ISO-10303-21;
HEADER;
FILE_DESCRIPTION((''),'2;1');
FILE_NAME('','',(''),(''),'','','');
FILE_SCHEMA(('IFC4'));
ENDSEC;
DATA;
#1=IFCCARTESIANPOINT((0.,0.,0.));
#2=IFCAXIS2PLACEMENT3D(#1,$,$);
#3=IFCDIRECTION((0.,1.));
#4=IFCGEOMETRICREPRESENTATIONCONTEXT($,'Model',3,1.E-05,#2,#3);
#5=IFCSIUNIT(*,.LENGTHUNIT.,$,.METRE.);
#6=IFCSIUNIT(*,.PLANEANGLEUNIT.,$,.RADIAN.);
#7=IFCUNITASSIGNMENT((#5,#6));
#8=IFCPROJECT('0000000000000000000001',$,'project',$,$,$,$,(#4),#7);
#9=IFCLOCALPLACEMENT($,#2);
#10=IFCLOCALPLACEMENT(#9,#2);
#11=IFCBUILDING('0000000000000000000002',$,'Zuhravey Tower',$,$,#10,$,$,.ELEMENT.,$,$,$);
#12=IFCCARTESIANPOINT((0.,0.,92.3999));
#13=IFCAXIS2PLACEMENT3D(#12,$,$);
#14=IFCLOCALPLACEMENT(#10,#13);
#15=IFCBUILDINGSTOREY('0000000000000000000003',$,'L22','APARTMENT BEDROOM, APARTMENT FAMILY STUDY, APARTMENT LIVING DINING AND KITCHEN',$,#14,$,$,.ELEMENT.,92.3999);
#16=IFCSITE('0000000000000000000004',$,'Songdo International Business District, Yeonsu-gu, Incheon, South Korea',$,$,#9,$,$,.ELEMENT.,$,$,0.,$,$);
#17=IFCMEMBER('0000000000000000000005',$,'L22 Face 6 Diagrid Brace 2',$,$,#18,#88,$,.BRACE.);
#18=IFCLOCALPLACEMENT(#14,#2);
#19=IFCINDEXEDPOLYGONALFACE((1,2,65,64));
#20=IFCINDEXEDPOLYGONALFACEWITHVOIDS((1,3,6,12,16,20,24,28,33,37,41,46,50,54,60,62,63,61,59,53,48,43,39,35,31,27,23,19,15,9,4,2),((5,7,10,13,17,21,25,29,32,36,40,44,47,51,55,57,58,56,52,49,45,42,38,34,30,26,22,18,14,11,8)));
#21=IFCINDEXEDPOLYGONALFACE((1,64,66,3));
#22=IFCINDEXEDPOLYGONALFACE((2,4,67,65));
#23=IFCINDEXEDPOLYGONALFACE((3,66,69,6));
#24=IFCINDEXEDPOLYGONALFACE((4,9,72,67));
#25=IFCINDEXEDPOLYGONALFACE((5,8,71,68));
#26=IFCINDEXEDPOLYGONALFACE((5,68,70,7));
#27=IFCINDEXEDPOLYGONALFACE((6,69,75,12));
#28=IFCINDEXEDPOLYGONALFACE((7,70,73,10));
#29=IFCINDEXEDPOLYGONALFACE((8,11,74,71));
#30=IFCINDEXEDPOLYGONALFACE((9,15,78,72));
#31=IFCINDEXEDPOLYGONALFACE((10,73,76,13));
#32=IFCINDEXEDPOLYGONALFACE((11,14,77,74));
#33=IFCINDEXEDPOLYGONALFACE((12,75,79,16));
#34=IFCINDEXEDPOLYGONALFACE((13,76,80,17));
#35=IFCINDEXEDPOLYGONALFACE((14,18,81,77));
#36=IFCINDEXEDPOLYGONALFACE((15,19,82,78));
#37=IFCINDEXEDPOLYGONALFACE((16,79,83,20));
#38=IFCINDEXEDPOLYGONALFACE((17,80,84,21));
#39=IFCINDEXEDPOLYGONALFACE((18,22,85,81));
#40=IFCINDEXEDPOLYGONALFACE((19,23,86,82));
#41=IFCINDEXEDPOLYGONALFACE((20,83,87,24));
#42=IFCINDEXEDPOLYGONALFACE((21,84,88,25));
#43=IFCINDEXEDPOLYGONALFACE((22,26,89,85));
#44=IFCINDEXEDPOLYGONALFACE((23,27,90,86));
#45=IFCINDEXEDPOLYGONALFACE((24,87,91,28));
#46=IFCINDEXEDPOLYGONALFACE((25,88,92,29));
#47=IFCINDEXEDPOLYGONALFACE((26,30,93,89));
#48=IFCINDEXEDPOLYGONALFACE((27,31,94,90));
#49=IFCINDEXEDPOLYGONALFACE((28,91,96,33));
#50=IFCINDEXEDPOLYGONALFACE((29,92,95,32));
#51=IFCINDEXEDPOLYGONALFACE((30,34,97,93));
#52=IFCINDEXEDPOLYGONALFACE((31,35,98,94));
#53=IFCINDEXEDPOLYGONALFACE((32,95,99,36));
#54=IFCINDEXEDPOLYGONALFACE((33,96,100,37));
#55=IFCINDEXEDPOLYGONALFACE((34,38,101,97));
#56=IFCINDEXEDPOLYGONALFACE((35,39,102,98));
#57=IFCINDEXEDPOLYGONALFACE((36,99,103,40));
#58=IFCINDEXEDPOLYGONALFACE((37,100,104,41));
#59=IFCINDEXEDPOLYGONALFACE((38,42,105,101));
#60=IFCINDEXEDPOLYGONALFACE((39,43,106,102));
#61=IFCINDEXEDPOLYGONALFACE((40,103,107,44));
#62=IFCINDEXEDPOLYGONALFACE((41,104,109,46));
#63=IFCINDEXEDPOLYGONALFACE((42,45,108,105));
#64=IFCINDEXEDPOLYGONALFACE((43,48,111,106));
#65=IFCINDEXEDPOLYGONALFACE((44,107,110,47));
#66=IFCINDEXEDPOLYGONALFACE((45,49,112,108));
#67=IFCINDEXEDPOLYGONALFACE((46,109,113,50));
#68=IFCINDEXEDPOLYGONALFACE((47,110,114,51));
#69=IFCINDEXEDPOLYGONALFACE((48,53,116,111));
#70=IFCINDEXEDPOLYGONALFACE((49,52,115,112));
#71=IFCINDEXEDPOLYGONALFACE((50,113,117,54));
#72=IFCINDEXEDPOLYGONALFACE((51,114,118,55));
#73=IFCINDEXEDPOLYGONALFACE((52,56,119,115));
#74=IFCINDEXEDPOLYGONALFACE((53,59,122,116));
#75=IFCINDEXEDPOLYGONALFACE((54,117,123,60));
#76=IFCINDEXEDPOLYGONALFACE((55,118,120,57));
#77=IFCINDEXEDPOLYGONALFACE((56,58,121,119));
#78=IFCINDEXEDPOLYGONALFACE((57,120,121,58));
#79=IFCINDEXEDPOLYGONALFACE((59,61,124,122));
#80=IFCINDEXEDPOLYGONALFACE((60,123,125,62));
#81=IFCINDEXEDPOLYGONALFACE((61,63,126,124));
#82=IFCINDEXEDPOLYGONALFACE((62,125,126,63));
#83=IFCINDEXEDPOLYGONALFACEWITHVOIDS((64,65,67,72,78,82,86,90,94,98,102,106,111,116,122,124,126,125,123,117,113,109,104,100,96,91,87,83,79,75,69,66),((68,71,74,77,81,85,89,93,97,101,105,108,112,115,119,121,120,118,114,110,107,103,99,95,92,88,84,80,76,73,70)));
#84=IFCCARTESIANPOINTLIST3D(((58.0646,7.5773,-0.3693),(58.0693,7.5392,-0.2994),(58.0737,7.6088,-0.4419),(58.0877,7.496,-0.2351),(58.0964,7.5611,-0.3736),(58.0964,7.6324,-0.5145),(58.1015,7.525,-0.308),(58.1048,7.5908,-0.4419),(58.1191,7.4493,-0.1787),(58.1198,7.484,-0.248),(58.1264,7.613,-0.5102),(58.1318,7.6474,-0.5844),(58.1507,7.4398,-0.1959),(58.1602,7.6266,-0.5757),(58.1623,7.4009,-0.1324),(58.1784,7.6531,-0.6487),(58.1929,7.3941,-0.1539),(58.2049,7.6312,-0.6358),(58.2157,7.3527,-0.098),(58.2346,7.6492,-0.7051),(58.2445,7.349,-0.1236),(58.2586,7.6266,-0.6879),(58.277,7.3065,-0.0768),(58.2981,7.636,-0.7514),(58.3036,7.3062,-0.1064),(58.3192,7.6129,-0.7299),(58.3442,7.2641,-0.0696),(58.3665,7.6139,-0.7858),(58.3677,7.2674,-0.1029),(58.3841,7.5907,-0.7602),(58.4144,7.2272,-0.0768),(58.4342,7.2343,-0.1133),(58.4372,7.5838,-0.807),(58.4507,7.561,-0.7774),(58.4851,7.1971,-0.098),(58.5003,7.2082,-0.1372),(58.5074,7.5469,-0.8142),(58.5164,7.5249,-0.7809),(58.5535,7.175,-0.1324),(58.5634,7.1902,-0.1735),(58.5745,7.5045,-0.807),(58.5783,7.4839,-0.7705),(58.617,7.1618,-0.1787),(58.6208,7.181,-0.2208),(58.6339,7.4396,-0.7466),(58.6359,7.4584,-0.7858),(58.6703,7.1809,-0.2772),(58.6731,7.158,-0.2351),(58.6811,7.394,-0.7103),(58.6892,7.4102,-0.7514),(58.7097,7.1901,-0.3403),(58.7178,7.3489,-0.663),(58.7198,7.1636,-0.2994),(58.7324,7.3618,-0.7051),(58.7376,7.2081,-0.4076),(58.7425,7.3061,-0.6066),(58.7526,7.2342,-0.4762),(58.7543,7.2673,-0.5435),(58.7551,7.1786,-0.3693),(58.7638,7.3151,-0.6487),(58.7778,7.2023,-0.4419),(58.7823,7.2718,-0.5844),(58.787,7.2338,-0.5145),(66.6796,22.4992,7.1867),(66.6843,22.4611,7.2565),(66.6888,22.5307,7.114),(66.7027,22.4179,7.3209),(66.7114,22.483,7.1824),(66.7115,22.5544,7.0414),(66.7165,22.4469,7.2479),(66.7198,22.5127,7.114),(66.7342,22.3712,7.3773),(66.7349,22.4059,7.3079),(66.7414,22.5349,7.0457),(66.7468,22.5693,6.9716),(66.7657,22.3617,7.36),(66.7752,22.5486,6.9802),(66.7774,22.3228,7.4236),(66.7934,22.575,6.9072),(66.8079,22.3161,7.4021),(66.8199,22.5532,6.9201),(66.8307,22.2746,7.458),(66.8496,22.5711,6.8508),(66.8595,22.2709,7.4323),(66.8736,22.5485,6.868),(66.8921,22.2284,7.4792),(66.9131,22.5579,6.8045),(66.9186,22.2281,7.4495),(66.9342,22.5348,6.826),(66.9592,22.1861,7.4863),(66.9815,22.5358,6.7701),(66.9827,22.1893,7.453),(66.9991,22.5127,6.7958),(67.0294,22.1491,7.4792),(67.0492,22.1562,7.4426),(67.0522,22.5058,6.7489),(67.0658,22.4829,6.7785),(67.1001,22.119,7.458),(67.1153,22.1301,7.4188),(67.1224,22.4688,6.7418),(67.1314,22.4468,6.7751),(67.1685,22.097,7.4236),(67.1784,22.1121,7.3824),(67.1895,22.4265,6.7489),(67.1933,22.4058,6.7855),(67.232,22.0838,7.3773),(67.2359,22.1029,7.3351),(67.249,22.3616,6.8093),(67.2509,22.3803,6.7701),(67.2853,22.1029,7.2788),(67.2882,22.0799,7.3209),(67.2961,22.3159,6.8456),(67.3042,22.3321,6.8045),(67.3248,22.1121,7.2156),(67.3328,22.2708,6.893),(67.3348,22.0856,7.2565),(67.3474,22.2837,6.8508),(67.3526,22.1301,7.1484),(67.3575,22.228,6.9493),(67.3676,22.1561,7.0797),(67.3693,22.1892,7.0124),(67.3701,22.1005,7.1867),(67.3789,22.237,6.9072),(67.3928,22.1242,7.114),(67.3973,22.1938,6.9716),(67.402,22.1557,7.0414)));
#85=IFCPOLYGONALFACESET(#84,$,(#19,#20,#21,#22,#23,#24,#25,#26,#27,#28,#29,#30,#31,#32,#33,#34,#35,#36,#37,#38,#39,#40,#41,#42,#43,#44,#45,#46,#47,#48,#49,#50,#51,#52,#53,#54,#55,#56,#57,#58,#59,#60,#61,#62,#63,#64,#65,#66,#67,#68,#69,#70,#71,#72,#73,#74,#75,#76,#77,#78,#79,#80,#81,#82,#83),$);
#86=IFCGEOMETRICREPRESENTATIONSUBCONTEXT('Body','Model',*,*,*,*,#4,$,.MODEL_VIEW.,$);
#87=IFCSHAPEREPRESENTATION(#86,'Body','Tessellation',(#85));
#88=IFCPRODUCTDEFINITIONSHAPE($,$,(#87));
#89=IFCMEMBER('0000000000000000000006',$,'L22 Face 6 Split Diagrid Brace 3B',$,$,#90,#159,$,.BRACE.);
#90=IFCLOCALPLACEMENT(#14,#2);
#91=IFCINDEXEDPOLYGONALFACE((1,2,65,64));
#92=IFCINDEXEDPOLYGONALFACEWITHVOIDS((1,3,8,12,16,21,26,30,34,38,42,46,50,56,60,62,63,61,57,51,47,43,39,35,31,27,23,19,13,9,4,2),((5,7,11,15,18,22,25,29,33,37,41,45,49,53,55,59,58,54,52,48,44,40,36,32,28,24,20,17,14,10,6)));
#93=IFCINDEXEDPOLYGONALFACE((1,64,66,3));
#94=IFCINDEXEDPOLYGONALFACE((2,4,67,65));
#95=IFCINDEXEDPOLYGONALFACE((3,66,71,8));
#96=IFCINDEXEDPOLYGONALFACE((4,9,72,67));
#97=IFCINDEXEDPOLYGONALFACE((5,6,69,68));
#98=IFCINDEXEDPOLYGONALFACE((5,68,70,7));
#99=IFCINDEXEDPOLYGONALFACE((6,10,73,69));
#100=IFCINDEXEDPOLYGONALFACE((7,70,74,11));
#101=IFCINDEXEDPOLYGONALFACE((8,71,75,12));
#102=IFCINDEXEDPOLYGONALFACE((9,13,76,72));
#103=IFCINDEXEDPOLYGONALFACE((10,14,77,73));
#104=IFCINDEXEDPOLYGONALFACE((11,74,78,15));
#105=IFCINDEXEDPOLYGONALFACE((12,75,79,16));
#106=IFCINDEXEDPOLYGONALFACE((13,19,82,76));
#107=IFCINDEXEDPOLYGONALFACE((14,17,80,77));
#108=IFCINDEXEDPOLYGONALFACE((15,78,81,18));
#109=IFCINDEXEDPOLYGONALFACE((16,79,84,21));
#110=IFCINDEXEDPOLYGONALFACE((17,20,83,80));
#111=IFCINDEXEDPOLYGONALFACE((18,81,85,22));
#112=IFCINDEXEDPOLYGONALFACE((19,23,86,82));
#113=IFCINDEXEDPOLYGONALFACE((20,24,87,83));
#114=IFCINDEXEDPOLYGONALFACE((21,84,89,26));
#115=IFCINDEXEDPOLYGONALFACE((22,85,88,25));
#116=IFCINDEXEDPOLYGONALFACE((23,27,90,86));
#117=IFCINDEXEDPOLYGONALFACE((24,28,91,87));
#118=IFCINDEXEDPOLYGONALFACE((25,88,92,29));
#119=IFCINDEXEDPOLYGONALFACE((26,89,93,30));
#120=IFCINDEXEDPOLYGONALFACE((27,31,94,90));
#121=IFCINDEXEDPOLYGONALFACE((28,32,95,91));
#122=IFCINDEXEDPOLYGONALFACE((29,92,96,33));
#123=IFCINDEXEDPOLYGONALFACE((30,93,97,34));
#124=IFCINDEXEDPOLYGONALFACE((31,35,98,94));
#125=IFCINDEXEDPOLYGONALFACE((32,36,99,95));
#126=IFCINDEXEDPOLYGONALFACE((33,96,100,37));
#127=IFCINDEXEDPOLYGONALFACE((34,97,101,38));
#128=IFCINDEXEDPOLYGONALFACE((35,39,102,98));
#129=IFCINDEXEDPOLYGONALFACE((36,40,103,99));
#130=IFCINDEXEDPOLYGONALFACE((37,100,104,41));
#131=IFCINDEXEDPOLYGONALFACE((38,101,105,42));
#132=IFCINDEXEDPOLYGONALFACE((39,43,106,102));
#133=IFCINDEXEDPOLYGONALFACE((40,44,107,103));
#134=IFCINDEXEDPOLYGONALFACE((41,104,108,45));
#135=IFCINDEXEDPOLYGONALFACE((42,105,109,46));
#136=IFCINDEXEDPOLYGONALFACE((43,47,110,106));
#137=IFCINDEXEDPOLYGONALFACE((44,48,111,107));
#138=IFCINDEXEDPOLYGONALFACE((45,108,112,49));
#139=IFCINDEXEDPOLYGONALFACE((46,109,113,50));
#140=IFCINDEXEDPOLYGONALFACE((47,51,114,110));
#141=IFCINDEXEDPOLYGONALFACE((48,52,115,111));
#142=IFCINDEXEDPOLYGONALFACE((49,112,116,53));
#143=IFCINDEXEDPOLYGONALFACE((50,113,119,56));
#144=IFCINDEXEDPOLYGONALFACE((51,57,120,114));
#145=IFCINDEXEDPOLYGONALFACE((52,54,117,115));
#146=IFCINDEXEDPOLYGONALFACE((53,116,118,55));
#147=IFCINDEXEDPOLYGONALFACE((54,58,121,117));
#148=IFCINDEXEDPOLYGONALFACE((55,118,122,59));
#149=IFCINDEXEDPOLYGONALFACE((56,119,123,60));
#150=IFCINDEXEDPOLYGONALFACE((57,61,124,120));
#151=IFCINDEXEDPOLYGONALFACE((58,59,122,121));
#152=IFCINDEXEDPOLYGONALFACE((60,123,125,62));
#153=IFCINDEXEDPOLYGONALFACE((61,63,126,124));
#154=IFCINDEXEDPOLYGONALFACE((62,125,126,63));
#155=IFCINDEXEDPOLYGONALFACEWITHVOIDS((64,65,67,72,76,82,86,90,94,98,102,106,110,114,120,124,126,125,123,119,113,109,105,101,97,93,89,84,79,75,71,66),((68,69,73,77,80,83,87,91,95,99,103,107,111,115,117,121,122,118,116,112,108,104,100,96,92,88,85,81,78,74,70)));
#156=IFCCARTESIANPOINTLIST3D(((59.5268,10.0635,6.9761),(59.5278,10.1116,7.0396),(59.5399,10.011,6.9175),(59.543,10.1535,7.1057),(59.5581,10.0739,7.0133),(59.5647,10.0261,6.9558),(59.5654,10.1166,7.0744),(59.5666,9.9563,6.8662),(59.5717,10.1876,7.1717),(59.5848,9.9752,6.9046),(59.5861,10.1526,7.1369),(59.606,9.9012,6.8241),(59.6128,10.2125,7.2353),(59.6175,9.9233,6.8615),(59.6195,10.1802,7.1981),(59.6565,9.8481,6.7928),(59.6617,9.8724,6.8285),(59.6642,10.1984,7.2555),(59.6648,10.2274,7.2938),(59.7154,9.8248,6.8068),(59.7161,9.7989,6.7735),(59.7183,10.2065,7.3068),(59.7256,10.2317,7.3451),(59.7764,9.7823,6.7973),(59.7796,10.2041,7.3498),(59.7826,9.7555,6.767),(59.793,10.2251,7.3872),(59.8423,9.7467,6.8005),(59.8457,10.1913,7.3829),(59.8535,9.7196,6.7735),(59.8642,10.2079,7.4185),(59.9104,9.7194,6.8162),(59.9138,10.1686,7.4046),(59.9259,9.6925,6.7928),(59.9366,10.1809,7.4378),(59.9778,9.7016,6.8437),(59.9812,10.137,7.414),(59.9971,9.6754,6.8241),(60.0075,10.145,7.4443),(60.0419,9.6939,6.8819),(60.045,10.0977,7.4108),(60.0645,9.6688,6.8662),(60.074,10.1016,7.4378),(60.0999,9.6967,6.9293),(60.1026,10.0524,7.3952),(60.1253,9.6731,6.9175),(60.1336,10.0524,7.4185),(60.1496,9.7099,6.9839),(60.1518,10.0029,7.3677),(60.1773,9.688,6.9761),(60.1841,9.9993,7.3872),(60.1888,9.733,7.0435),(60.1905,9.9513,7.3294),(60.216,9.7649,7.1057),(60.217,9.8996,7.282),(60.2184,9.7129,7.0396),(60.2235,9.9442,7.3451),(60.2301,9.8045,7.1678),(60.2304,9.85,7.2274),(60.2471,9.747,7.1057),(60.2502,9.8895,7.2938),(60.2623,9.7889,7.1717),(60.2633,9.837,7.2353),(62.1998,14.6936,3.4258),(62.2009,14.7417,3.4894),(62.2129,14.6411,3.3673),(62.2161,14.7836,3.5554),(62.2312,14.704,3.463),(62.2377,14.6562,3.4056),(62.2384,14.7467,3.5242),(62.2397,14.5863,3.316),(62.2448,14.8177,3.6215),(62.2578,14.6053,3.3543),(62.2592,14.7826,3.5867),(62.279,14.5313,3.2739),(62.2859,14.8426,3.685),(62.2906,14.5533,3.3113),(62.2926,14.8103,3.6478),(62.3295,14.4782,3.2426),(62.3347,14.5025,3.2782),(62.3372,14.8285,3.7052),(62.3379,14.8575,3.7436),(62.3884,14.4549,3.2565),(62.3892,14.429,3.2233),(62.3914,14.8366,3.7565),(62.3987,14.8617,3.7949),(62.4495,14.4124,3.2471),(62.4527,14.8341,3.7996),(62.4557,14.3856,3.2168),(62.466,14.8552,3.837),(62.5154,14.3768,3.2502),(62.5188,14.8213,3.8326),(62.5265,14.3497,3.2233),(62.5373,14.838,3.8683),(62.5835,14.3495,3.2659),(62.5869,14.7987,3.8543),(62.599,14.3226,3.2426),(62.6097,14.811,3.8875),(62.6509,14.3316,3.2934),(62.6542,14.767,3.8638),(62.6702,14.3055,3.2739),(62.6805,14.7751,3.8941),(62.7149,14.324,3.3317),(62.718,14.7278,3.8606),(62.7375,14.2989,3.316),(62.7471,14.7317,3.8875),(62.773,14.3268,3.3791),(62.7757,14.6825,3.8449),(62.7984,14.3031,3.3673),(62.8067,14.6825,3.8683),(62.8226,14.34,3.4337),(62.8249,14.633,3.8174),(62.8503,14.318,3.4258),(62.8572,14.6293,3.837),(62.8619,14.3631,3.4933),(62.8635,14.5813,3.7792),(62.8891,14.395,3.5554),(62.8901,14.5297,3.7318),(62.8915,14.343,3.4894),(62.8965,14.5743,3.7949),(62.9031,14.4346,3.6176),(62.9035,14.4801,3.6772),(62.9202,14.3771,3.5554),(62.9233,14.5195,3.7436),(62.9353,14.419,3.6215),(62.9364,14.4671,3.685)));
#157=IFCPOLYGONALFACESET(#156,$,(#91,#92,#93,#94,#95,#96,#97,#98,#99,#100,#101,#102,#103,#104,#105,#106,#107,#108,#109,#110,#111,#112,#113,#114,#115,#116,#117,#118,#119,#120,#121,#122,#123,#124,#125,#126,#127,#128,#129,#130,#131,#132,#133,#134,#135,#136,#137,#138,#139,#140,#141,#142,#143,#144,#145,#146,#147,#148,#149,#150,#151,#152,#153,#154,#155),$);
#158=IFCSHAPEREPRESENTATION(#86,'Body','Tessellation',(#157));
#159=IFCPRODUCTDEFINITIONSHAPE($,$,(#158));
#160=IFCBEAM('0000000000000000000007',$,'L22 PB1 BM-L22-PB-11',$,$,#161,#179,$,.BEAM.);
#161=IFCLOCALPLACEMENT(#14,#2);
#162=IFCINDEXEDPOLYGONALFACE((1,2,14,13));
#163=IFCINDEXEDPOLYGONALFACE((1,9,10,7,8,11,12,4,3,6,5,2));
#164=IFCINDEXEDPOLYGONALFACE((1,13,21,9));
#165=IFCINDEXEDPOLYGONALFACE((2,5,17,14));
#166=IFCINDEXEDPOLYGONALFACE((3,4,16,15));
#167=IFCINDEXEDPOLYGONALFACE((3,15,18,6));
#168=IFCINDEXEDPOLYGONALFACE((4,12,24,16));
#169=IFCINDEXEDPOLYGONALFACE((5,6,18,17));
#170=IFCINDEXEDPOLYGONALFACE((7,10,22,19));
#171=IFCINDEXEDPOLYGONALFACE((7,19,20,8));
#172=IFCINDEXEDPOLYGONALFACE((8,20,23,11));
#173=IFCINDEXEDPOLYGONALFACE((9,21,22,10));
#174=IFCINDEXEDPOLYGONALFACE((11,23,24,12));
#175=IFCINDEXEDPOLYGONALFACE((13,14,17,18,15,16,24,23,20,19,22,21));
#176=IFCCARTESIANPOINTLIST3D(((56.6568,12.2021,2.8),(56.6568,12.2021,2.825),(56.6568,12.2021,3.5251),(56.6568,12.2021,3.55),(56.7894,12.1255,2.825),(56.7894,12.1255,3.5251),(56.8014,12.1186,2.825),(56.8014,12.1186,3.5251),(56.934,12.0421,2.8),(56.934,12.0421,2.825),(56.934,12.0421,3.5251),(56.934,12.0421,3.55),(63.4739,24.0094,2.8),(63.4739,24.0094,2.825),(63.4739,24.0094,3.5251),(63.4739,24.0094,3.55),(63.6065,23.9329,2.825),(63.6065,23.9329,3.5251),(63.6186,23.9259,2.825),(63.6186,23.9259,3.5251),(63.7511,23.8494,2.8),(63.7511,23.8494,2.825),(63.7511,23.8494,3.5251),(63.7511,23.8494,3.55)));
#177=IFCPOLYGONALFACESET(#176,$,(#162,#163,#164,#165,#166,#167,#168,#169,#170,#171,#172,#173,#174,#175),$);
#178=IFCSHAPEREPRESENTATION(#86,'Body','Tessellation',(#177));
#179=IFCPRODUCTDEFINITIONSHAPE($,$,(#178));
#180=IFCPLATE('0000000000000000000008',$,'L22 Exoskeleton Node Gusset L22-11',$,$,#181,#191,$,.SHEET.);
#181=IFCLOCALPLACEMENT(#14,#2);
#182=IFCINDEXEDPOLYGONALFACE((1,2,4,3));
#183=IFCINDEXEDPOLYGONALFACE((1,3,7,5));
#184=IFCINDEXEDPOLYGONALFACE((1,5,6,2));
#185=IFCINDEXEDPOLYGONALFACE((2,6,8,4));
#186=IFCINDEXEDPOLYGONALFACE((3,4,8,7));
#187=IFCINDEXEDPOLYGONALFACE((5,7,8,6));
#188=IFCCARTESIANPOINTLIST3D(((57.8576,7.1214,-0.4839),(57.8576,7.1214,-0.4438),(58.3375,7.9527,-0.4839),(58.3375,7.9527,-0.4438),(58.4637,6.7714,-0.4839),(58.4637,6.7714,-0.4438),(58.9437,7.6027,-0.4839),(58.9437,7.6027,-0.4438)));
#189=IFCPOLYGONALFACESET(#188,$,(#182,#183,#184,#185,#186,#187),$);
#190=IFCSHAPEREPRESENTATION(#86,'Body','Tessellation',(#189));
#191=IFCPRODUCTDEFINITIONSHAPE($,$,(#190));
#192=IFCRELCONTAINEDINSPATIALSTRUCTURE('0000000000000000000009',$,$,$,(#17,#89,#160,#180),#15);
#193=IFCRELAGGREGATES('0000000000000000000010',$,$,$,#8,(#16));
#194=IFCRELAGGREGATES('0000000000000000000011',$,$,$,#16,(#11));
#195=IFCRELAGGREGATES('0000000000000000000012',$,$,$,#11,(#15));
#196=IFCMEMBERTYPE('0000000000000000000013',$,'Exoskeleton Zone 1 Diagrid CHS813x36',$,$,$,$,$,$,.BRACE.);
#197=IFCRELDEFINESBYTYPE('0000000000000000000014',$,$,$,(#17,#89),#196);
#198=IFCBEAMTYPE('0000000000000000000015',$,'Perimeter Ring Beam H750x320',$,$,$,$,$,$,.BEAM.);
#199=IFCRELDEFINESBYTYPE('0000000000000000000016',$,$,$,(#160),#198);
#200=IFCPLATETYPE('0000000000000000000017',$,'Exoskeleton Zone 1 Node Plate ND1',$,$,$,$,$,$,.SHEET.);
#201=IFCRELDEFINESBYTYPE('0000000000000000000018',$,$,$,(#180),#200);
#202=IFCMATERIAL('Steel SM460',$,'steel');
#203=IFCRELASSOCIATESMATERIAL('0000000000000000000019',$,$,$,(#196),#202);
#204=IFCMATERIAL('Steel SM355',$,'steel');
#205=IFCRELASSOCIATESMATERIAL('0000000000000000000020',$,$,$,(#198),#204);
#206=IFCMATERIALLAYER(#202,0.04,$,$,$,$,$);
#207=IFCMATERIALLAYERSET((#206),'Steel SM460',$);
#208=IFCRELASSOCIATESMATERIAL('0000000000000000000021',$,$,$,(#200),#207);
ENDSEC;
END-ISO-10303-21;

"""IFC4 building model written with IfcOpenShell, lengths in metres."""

from ifc_helpers import new_model, si_unit, direction, frame, origin, origin_2d, place, context, subcontext, project, spatial, rectangle, hollow_circle, i_section, extrude, material, layer, layer_set, material_profile, profile_set, type_object, element, save


model = new_model("IFC4")

# Units and contexts
model_context = context("Model", 3, precision=1e-05, world=origin(), true_north=direction((0.0, 1.0)))
body_context = subcontext(model_context, "Body", "Model", "MODEL_VIEW")
ifc_project = project(units=[si_unit("LENGTHUNIT", "METRE"), si_unit("PLANEANGLEUNIT", "RADIAN")], contexts=[model_context])

# Site, building, storey
site_placement = place(None, origin())
site = spatial("IfcSite", under=ifc_project, at=site_placement, Name="Songdo International Business District, Yeonsu-gu, Incheon, South Korea", CompositionType="ELEMENT", RefElevation=0.0)
building_placement = place(site_placement, origin())
building = spatial("IfcBuilding", under=site, at=building_placement, Name="Zuhravey Tower", CompositionType="ELEMENT")
storey_placement = place(building_placement, frame((0.0, 0.0, 92.3999)))
storey = spatial("IfcBuildingStorey", under=building, at=storey_placement, Name="L22", Description="APARTMENT BEDROOM, APARTMENT FAMILY STUDY, APARTMENT LIVING DINING AND KITCHEN", CompositionType="ELEMENT", Elevation=92.3999)

# Members
ifc_material_1 = material(Name="Steel SM355", Category="steel")
ifc_material_2 = material(Name="Steel SM460", Category="steel")
ifc_material_profile_1 = material_profile(ifc_material_2, hollow_circle(Radius=0.4065, WallThickness=0.0359, at=origin_2d()), Name="CHS-812.8x36")
ifc_profile_set_1 = profile_set([ifc_material_profile_1], Name="Steel SM460")
member_type_1 = type_object("IfcMemberType", Name="Exoskeleton Zone 1 Diagrid CHS813x36", PredefinedType="BRACE", material=ifc_profile_set_1)
member_1_placement = place(storey_placement, frame((58.4258, 7.4055, -0.4419), z_axis=(0.4579, 0.79312, 0.401608), x_axis=(-0.866029, 0.499993, 0.0)))
element("IfcMember", 1, at=member_1_placement, inside=storey, type_object=member_type_1, Name="L22 Face 6 Diagrid Brace 2", PredefinedType="BRACE", context=body_context, shape_type="SweptSolid", body=[
    extrude(hollow_circle(Radius=0.4065, WallThickness=0.0359, at=origin_2d()), origin(), (0.0, 0.0, 1.0), 18.8142),
])
member_2_placement = place(storey_placement, frame((62.5681, 14.5803, 3.5554), z_axis=(-0.416513, -0.721451, 0.553195), x_axis=(0.866034, -0.499985, 0.0)))
element("IfcMember", 2, at=member_2_placement, inside=storey, type_object=member_type_1, Name="L22 Face 6 Split Diagrid Brace 3B", PredefinedType="BRACE", context=body_context, shape_type="SweptSolid", body=[
    extrude(hollow_circle(Radius=0.4065, WallThickness=0.0359, at=origin_2d()), origin(), (0.0, 0.0, 1.0), 6.4177),
])

# Beam
ifc_material_profile_2 = material_profile(ifc_material_1, i_section(OverallWidth=0.3201, OverallDepth=0.75, WebThickness=0.0139, FlangeThickness=0.0249, at=origin_2d()), Name="H-750x320x14x25")
ifc_profile_set_2 = profile_set([ifc_material_profile_2], Name="Steel SM355")
beam_type = type_object("IfcBeamType", Name="Perimeter Ring Beam H750x320", PredefinedType="BEAM", material=ifc_profile_set_2)
beam_placement = place(storey_placement, frame((56.7954, 12.1221, 3.175), z_axis=(0.500008, 0.866021, 0.0), x_axis=(-0.866021, 0.500008, 0.0)))
element("IfcBeam", 3, at=beam_placement, inside=storey, type_object=beam_type, Name="L22 PB1 BM-L22-PB-11", PredefinedType="BEAM", context=body_context, shape_type="SweptSolid", body=[
    extrude(i_section(OverallWidth=0.3201, OverallDepth=0.75, WebThickness=0.0139, FlangeThickness=0.0249, at=origin_2d()), origin(), (0.0, 0.0, 1.0), 13.634),
])

# Plate
ifc_layer_1 = layer(ifc_material_2, 0.04)
ifc_layer_set_1 = layer_set([ifc_layer_1], Name="Steel SM460")
plate_type_1 = type_object("IfcPlateType", Name="Exoskeleton Zone 1 Node Plate ND1", PredefinedType="SHEET", material=ifc_layer_set_1)
for number, where, z_axis, x_axis, name in (
    (4, (58.4006, 7.3621, -0.4839), (0.0, 0.0, 1.0), (0.5, 0.866025, 0.0), "L22 Exoskeleton Node Gusset L22-11"),
):
    element("IfcPlate", number, at=place(storey_placement, frame(where, z_axis=z_axis, x_axis=x_axis)), inside=storey, type_object=plate_type_1, Name=name, PredefinedType="SHEET", context=body_context, shape_type="SweptSolid", body=[
        extrude(rectangle(XDim=0.96, YDim=0.7, at=origin_2d()), origin(), (0.0, 0.0, 1.0), 0.04),
    ])

save(model, "model.ifc")
